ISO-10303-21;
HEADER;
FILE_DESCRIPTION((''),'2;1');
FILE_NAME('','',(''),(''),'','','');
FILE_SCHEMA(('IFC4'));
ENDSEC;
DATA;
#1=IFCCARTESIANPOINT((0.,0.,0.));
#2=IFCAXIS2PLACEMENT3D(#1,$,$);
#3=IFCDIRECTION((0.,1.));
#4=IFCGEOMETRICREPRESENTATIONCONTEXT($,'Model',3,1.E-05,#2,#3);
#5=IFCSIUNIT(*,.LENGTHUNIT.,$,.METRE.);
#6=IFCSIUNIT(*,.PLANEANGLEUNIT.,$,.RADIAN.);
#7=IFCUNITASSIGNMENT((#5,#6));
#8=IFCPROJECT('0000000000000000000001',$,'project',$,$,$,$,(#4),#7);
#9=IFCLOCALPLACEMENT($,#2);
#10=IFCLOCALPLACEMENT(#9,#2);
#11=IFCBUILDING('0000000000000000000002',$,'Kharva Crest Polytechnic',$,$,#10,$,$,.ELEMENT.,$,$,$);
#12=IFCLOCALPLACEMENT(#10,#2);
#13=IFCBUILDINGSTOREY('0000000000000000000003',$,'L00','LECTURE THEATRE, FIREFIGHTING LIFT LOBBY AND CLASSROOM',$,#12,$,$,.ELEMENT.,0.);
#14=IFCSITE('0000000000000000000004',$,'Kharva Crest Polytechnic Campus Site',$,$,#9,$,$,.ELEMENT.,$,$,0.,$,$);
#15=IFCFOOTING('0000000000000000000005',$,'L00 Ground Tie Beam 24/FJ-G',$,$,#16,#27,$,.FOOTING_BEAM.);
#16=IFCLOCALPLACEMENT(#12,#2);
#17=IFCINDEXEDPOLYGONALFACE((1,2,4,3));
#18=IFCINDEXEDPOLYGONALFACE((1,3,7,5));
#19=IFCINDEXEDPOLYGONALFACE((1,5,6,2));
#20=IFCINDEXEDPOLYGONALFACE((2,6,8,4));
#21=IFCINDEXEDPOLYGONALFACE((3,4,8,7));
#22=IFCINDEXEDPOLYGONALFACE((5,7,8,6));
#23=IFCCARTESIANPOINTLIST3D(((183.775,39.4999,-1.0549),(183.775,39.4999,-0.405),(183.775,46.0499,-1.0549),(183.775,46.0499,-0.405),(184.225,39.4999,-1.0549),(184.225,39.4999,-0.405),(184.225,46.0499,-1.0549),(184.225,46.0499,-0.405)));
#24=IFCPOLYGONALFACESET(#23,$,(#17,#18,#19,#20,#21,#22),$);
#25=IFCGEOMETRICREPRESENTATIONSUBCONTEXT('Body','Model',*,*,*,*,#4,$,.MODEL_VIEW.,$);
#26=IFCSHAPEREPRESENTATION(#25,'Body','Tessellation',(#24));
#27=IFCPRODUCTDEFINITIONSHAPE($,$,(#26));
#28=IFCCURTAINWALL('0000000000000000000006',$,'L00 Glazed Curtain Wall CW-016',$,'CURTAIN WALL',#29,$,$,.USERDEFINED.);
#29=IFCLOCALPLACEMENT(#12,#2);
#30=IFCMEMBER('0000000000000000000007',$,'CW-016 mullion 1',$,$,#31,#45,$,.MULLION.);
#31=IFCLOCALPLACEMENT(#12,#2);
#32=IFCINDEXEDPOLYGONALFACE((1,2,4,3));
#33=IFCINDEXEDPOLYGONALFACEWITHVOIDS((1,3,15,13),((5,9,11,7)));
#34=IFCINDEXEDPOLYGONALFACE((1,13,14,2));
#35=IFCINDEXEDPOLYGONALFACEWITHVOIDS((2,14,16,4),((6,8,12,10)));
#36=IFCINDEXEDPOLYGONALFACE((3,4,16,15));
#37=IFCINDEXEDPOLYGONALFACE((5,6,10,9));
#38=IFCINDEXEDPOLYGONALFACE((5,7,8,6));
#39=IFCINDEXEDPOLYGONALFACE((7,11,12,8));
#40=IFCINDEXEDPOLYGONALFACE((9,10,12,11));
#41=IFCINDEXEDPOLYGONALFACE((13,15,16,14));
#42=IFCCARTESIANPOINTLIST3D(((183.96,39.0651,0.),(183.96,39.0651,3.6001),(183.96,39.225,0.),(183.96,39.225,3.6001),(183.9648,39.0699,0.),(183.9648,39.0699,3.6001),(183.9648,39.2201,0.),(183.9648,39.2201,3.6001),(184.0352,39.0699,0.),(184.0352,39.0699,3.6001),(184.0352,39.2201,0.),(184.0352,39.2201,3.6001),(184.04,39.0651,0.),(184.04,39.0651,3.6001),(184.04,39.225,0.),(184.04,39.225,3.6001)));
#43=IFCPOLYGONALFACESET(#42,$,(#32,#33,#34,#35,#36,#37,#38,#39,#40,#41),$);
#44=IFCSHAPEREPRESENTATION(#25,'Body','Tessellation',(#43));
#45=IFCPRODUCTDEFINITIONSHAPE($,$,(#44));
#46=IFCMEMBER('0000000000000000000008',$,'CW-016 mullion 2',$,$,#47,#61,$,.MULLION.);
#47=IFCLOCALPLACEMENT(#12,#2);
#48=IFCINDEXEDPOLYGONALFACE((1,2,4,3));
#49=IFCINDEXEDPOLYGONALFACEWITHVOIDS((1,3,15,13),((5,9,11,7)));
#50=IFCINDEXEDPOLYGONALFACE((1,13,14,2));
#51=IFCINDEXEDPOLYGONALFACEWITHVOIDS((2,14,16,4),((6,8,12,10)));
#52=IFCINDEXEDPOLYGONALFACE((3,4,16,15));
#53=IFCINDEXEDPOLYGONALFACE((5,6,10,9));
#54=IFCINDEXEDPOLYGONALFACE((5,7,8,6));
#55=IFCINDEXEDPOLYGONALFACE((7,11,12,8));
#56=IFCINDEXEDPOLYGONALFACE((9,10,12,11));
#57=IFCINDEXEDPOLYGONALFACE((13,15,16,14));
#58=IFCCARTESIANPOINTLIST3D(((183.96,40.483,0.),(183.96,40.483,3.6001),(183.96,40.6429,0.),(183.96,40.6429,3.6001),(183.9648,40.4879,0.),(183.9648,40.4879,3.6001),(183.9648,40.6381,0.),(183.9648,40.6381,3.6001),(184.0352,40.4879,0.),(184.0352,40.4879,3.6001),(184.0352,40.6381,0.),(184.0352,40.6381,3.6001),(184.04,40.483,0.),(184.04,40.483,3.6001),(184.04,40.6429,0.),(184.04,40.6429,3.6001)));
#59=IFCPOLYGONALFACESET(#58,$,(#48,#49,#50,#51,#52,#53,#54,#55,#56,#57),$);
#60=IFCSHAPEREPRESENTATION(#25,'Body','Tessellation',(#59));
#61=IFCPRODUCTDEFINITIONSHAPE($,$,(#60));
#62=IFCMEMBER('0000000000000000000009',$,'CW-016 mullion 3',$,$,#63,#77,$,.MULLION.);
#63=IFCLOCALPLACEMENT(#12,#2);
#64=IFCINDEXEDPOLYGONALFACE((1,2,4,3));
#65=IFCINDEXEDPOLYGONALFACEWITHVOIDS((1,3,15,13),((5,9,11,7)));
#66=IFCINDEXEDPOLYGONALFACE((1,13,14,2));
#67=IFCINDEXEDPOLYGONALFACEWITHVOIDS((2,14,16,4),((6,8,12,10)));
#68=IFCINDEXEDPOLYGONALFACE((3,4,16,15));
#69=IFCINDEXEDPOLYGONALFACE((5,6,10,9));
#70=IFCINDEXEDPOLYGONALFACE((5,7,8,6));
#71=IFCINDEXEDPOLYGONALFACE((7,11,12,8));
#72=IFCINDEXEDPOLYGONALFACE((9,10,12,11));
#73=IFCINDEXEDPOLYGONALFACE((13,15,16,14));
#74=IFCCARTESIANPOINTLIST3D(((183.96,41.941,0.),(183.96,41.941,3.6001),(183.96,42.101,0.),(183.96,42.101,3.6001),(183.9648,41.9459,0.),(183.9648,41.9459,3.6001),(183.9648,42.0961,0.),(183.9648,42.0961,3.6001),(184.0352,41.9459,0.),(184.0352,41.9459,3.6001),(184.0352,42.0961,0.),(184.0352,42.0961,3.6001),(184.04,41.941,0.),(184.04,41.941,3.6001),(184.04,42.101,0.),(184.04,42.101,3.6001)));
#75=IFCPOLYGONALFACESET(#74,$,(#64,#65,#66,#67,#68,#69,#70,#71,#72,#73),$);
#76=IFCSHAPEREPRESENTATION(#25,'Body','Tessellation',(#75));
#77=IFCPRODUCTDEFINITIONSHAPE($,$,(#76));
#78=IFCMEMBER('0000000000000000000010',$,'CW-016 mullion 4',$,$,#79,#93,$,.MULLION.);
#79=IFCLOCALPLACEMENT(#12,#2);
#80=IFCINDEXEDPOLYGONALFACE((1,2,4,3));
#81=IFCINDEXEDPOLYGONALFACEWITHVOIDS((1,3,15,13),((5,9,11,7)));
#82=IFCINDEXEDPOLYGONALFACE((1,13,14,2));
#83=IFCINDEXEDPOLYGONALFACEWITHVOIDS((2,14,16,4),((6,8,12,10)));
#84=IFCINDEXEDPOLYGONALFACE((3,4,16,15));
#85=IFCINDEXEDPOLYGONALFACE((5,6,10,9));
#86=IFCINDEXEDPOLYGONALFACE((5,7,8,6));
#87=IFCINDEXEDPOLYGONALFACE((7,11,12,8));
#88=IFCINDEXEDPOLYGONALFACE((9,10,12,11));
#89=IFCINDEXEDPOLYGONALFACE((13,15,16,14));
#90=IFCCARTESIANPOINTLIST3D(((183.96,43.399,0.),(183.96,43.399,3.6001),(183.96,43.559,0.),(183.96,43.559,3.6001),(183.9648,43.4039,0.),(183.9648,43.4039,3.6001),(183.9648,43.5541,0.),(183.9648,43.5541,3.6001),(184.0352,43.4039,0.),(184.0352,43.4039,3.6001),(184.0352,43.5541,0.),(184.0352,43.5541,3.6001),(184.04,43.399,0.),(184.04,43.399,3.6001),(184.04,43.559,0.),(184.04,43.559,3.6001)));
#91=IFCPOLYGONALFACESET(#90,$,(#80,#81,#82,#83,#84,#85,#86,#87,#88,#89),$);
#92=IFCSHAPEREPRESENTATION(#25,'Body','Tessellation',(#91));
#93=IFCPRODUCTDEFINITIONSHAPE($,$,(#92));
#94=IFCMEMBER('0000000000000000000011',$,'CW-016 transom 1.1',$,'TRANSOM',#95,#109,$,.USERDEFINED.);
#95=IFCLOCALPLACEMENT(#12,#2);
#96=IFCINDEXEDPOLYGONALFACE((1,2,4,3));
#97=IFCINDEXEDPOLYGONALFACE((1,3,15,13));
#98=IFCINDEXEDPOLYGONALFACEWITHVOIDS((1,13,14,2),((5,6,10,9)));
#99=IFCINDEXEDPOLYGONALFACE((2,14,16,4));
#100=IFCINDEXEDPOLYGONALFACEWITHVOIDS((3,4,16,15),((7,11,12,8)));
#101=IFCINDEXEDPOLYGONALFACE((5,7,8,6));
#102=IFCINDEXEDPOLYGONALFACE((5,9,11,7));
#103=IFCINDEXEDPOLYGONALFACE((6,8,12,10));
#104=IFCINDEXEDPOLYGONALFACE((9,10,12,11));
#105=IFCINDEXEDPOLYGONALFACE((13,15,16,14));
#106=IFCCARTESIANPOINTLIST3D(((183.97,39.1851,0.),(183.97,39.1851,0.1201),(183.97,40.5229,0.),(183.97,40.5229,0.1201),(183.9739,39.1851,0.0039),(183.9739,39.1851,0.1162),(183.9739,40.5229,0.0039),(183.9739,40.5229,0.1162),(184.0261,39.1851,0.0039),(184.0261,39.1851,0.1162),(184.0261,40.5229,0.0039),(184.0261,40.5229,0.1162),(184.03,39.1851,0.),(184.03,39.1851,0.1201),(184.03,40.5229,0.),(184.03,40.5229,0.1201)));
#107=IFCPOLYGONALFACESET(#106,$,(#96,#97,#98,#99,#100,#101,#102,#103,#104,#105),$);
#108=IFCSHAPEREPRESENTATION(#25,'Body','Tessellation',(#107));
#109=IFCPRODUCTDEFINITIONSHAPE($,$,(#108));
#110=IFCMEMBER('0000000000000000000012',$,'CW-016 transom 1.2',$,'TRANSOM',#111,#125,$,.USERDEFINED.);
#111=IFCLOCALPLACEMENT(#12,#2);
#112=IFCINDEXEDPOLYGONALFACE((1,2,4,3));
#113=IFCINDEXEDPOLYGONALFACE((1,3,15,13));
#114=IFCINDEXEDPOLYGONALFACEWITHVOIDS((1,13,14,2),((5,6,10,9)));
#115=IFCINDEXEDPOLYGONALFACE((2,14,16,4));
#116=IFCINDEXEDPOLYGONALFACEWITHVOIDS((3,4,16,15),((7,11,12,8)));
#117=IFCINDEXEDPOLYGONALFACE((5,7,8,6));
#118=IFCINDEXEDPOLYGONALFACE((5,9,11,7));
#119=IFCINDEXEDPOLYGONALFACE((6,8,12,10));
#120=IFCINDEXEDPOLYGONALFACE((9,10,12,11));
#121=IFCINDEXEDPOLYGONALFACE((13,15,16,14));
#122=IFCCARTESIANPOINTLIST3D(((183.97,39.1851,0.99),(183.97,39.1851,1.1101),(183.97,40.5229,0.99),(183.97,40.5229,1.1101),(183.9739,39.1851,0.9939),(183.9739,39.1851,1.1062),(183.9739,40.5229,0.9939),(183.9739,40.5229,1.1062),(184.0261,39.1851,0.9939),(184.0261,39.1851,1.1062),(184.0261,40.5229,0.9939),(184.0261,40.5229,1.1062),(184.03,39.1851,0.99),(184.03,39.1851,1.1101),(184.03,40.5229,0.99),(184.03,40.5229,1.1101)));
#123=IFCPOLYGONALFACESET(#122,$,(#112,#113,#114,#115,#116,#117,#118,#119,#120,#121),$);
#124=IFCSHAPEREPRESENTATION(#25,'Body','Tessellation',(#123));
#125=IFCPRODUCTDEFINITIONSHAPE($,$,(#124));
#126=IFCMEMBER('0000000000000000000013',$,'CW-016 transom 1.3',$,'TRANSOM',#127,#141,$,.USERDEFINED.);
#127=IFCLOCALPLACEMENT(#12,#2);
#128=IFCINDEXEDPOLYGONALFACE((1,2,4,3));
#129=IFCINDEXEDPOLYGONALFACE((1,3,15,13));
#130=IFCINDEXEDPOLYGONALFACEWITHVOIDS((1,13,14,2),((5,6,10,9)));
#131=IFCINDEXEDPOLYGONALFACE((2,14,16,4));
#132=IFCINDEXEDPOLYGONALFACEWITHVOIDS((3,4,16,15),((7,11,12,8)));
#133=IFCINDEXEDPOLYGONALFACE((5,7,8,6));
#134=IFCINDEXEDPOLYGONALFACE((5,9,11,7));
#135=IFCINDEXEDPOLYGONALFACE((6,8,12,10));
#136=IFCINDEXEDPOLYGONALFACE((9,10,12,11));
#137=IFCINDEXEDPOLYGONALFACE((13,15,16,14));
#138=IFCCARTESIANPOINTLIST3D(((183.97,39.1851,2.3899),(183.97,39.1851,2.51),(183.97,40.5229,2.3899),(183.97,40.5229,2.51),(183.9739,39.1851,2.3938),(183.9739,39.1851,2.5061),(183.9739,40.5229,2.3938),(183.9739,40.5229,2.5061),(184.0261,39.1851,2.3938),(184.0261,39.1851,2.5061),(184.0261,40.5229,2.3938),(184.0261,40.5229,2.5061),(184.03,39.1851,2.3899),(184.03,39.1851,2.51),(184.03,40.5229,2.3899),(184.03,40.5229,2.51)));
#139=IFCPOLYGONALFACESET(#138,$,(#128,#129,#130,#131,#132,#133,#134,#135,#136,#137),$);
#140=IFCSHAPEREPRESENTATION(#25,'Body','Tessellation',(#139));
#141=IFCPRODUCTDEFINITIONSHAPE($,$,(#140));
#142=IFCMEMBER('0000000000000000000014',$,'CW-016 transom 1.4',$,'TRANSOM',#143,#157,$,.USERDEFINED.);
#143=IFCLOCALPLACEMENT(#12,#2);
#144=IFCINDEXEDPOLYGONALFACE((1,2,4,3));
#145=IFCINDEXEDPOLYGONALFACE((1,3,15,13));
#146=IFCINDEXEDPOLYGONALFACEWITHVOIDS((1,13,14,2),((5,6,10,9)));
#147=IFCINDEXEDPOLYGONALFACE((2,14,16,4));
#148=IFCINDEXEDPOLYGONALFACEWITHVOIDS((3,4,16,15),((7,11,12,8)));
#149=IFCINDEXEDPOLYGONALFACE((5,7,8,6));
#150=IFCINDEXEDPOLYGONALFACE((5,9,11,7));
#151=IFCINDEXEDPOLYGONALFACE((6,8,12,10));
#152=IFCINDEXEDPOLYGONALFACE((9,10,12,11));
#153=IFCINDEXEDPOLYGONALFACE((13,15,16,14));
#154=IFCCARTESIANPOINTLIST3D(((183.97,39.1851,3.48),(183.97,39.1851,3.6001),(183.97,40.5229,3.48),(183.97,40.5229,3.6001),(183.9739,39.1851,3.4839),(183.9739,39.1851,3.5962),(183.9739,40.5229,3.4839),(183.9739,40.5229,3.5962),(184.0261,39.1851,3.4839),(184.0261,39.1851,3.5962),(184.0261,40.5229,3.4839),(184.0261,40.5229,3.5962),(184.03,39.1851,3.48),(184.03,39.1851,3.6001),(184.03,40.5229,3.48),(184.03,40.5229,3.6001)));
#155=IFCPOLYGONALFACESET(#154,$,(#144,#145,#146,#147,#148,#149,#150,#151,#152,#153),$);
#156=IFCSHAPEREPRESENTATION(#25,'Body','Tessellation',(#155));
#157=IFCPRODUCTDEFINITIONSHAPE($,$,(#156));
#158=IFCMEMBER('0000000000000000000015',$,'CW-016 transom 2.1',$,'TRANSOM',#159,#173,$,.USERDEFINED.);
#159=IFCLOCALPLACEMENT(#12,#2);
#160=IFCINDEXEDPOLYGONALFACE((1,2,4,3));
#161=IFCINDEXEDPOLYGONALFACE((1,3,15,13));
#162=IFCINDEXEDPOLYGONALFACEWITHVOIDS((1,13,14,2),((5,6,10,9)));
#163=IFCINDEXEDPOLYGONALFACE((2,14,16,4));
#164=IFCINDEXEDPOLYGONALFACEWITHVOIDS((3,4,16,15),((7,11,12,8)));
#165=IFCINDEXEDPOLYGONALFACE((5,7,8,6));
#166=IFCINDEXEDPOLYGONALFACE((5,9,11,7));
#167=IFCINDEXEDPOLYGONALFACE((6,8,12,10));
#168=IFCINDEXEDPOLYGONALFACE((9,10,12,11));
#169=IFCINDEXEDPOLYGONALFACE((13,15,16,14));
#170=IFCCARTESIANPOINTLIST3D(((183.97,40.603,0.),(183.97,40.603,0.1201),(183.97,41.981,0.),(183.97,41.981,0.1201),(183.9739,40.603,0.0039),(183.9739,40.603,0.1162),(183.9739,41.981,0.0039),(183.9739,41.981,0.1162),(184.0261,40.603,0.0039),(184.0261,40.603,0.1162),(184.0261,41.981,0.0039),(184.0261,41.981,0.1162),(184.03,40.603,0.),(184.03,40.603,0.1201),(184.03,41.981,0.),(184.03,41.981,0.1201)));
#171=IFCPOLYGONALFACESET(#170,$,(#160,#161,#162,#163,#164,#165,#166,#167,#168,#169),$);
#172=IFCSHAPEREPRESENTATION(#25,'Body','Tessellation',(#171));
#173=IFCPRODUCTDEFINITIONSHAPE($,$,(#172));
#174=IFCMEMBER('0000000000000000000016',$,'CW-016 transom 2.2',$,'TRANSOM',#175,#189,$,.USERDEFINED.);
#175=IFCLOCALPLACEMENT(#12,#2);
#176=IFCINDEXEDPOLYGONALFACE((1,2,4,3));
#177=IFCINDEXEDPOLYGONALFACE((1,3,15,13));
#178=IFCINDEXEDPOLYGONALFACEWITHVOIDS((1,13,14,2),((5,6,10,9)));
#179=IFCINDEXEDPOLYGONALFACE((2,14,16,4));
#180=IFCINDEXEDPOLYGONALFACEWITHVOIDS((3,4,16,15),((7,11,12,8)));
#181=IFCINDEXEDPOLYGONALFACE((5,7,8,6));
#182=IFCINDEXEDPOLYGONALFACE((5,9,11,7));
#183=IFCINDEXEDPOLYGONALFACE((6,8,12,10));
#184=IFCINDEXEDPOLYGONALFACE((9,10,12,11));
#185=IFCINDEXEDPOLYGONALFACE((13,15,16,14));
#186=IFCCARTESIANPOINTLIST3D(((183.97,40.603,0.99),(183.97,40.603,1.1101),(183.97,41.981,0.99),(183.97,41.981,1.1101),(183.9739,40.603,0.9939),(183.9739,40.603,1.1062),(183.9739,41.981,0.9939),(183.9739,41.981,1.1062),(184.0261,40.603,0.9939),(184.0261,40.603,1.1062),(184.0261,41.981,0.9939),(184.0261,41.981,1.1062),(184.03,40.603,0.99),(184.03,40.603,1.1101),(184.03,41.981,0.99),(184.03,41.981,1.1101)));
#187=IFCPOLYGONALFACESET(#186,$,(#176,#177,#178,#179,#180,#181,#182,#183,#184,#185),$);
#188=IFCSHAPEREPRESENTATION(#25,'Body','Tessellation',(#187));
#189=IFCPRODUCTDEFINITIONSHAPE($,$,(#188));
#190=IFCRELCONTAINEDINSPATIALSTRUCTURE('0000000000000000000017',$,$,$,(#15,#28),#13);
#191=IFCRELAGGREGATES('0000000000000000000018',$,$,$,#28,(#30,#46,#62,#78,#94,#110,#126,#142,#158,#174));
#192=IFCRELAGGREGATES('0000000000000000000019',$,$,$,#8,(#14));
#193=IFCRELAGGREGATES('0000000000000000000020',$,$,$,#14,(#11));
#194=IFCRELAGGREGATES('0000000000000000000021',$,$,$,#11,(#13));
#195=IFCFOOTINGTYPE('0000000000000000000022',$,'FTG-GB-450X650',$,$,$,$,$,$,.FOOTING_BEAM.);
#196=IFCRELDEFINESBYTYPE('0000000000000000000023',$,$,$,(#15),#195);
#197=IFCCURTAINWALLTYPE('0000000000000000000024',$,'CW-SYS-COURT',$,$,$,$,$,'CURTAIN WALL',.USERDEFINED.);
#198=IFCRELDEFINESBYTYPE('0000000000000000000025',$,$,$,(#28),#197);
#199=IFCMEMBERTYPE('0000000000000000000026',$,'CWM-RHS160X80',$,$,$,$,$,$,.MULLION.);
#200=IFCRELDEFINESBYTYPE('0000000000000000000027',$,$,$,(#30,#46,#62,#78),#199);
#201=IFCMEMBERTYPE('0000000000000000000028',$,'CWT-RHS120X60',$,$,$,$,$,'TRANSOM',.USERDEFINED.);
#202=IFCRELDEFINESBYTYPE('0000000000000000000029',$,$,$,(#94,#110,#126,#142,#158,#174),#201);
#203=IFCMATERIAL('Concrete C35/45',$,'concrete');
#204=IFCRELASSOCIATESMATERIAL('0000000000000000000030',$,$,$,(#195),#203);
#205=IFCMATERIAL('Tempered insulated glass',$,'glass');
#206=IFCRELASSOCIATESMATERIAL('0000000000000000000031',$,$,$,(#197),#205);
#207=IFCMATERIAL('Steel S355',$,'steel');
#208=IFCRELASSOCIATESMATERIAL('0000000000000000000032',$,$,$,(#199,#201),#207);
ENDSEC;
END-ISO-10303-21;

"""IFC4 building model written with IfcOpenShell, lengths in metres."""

from ifc_helpers import new_model, si_unit, direction, frame, origin, origin_2d, place, context, subcontext, project, spatial, rectangle, hollow_rectangle, extrude, material, material_profile, profile_set, type_object, element, aggregate, save


model = new_model("IFC4")

# Units and contexts
model_context = context("Model", 3, precision=1e-05, world=origin(), true_north=direction((0.0, 1.0)))
body_context = subcontext(model_context, "Body", "Model", "MODEL_VIEW")
ifc_project = project(units=[si_unit("LENGTHUNIT", "METRE"), si_unit("PLANEANGLEUNIT", "RADIAN")], contexts=[model_context])

# Site, building, storey
site_placement = place(None, origin())
site = spatial("IfcSite", under=ifc_project, at=site_placement, Name="Kharva Crest Polytechnic Campus Site", CompositionType="ELEMENT", RefElevation=0.0)
building_placement = place(site_placement, origin())
building = spatial("IfcBuilding", under=site, at=building_placement, Name="Kharva Crest Polytechnic", CompositionType="ELEMENT")
storey_placement = place(building_placement, origin())
storey = spatial("IfcBuildingStorey", under=building, at=storey_placement, Name="L00", Description="LECTURE THEATRE, FIREFIGHTING LIFT LOBBY AND CLASSROOM", CompositionType="ELEMENT", Elevation=0.0)

# Footing
ifc_material_1 = material(Name="Concrete C35/45", Category="concrete")
footing_type = type_object("IfcFootingType", Name="FTG-GB-450X650", PredefinedType="FOOTING_BEAM", material=ifc_material_1)
footing_placement = place(storey_placement, frame((184.0, 42.7749, -1.0549), z_axis=(0.0, 0.0, 1.0), x_axis=(0.0, 1.0, 0.0)))
element("IfcFooting", 1, at=footing_placement, inside=storey, type_object=footing_type, Name="L00 Ground Tie Beam 24/FJ-G", PredefinedType="FOOTING_BEAM", context=body_context, shape_type="SweptSolid", body=[
    extrude(rectangle(XDim=6.55, YDim=0.45, at=origin_2d()), origin(), (0.0, 0.0, 1.0), 0.6499),
])

# Curtain wall, members
ifc_material_2 = material(Name="Tempered insulated glass", Category="glass")
curtain_wall_type = type_object("IfcCurtainWallType", Name="CW-SYS-COURT", ElementType="CURTAIN WALL", PredefinedType="USERDEFINED", material=ifc_material_2)
curtain_wall_placement = place(storey_placement, origin())
curtain_wall = element("IfcCurtainWall", 2, at=curtain_wall_placement, inside=storey, type_object=curtain_wall_type, Name="L00 Glazed Curtain Wall CW-016", ObjectType="CURTAIN WALL", PredefinedType="USERDEFINED")
ifc_material_3 = material(Name="Steel S355", Category="steel")
ifc_material_profile_1 = material_profile(ifc_material_3, hollow_rectangle(XDim=0.0801, YDim=0.1599, WallThickness=0.0049, at=origin_2d()), Name="RHS 160X80X5.0")
ifc_profile_set_1 = profile_set([ifc_material_profile_1], Name="Steel S355")
member_type_1 = type_object("IfcMemberType", Name="CWM-RHS160X80", PredefinedType="MULLION", material=ifc_profile_set_1)
member_1_placement = place(storey_placement, frame((184.0, 39.145, 0.0), z_axis=(0.0, 0.0, 1.0), x_axis=(-1.0, 0.0, 0.0)))
member_1 = element("IfcMember", 3, at=member_1_placement, type_object=member_type_1, Name="CW-016 mullion 1", PredefinedType="MULLION", context=body_context, shape_type="SweptSolid", body=[
    extrude(hollow_rectangle(XDim=0.0801, YDim=0.1599, WallThickness=0.0049, at=origin_2d()), origin(), (0.0, 0.0, 1.0), 3.6001),
])
member_2_placement = place(storey_placement, frame((184.0, 40.563, 0.0), z_axis=(0.0, 0.0, 1.0), x_axis=(-1.0, 0.0, 0.0)))
member_2 = element("IfcMember", 4, at=member_2_placement, type_object=member_type_1, Name="CW-016 mullion 2", PredefinedType="MULLION", context=body_context, shape_type="SweptSolid", body=[
    extrude(hollow_rectangle(XDim=0.0801, YDim=0.1599, WallThickness=0.0049, at=origin_2d()), origin(), (0.0, 0.0, 1.0), 3.6001),
])
member_3_placement = place(storey_placement, frame((184.0, 42.021, 0.0), z_axis=(0.0, 0.0, 1.0), x_axis=(-1.0, 0.0, 0.0)))
member_3 = element("IfcMember", 5, at=member_3_placement, type_object=member_type_1, Name="CW-016 mullion 3", PredefinedType="MULLION", context=body_context, shape_type="SweptSolid", body=[
    extrude(hollow_rectangle(XDim=0.0801, YDim=0.1599, WallThickness=0.0049, at=origin_2d()), origin(), (0.0, 0.0, 1.0), 3.6001),
])
member_4_placement = place(storey_placement, frame((184.0, 43.479, 0.0), z_axis=(0.0, 0.0, 1.0), x_axis=(-1.0, 0.0, 0.0)))
member_4 = element("IfcMember", 6, at=member_4_placement, type_object=member_type_1, Name="CW-016 mullion 4", PredefinedType="MULLION", context=body_context, shape_type="SweptSolid", body=[
    extrude(hollow_rectangle(XDim=0.0801, YDim=0.1599, WallThickness=0.0049, at=origin_2d()), origin(), (0.0, 0.0, 1.0), 3.6001),
])
ifc_material_profile_2 = material_profile(ifc_material_3, hollow_rectangle(XDim=0.0601, YDim=0.1201, WallThickness=0.0039, at=origin_2d()), Name="RHS 120X60X4.0")
ifc_profile_set_2 = profile_set([ifc_material_profile_2], Name="Steel S355")
member_type_2 = type_object("IfcMemberType", Name="CWT-RHS120X60", ElementType="TRANSOM", PredefinedType="USERDEFINED", material=ifc_profile_set_2)
member_5_placement = place(storey_placement, frame((184.0, 39.1851, 0.0601), z_axis=(0.0, 1.0, 0.0), x_axis=(-1.0, 0.0, 0.0)))
member_5 = element("IfcMember", 7, at=member_5_placement, type_object=member_type_2, Name="CW-016 transom 1.1", ObjectType="TRANSOM", PredefinedType="USERDEFINED", context=body_context, shape_type="SweptSolid", body=[
    extrude(hollow_rectangle(XDim=0.0601, YDim=0.1201, WallThickness=0.0039, at=origin_2d()), origin(), (0.0, 0.0, 1.0), 1.3379),
])
member_6_placement = place(storey_placement, frame((184.0, 39.1851, 1.05), z_axis=(0.0, 1.0, 0.0), x_axis=(-1.0, 0.0, 0.0)))
member_6 = element("IfcMember", 8, at=member_6_placement, type_object=member_type_2, Name="CW-016 transom 1.2", ObjectType="TRANSOM", PredefinedType="USERDEFINED", context=body_context, shape_type="SweptSolid", body=[
    extrude(hollow_rectangle(XDim=0.0601, YDim=0.1201, WallThickness=0.0039, at=origin_2d()), origin(), (0.0, 0.0, 1.0), 1.3379),
])
member_7_placement = place(storey_placement, frame((184.0, 39.1851, 2.45), z_axis=(0.0, 1.0, 0.0), x_axis=(-1.0, 0.0, 0.0)))
member_7 = element("IfcMember", 9, at=member_7_placement, type_object=member_type_2, Name="CW-016 transom 1.3", ObjectType="TRANSOM", PredefinedType="USERDEFINED", context=body_context, shape_type="SweptSolid", body=[
    extrude(hollow_rectangle(XDim=0.0601, YDim=0.1201, WallThickness=0.0039, at=origin_2d()), origin(), (0.0, 0.0, 1.0), 1.3379),
])
member_8_placement = place(storey_placement, frame((184.0, 39.1851, 3.54), z_axis=(0.0, 1.0, 0.0), x_axis=(-1.0, 0.0, 0.0)))
member_8 = element("IfcMember", 10, at=member_8_placement, type_object=member_type_2, Name="CW-016 transom 1.4", ObjectType="TRANSOM", PredefinedType="USERDEFINED", context=body_context, shape_type="SweptSolid", body=[
    extrude(hollow_rectangle(XDim=0.0601, YDim=0.1201, WallThickness=0.0039, at=origin_2d()), origin(), (0.0, 0.0, 1.0), 1.3379),
])
member_9_placement = place(storey_placement, frame((184.0, 40.603, 0.0601), z_axis=(0.0, 1.0, 0.0), x_axis=(-1.0, 0.0, 0.0)))
member_9 = element("IfcMember", 11, at=member_9_placement, type_object=member_type_2, Name="CW-016 transom 2.1", ObjectType="TRANSOM", PredefinedType="USERDEFINED", context=body_context, shape_type="SweptSolid", body=[
    extrude(hollow_rectangle(XDim=0.0601, YDim=0.1201, WallThickness=0.0039, at=origin_2d()), origin(), (0.0, 0.0, 1.0), 1.3779),
])
member_10_placement = place(storey_placement, frame((184.0, 40.603, 1.05), z_axis=(0.0, 1.0, 0.0), x_axis=(-1.0, 0.0, 0.0)))
member_10 = element("IfcMember", 12, at=member_10_placement, type_object=member_type_2, Name="CW-016 transom 2.2", ObjectType="TRANSOM", PredefinedType="USERDEFINED", context=body_context, shape_type="SweptSolid", body=[
    extrude(hollow_rectangle(XDim=0.0601, YDim=0.1201, WallThickness=0.0039, at=origin_2d()), origin(), (0.0, 0.0, 1.0), 1.3779),
])

aggregate(curtain_wall, [member_1, member_2, member_3, member_4, member_5, member_6, member_7, member_8, member_9, member_10])

save(model, "model.ifc")
